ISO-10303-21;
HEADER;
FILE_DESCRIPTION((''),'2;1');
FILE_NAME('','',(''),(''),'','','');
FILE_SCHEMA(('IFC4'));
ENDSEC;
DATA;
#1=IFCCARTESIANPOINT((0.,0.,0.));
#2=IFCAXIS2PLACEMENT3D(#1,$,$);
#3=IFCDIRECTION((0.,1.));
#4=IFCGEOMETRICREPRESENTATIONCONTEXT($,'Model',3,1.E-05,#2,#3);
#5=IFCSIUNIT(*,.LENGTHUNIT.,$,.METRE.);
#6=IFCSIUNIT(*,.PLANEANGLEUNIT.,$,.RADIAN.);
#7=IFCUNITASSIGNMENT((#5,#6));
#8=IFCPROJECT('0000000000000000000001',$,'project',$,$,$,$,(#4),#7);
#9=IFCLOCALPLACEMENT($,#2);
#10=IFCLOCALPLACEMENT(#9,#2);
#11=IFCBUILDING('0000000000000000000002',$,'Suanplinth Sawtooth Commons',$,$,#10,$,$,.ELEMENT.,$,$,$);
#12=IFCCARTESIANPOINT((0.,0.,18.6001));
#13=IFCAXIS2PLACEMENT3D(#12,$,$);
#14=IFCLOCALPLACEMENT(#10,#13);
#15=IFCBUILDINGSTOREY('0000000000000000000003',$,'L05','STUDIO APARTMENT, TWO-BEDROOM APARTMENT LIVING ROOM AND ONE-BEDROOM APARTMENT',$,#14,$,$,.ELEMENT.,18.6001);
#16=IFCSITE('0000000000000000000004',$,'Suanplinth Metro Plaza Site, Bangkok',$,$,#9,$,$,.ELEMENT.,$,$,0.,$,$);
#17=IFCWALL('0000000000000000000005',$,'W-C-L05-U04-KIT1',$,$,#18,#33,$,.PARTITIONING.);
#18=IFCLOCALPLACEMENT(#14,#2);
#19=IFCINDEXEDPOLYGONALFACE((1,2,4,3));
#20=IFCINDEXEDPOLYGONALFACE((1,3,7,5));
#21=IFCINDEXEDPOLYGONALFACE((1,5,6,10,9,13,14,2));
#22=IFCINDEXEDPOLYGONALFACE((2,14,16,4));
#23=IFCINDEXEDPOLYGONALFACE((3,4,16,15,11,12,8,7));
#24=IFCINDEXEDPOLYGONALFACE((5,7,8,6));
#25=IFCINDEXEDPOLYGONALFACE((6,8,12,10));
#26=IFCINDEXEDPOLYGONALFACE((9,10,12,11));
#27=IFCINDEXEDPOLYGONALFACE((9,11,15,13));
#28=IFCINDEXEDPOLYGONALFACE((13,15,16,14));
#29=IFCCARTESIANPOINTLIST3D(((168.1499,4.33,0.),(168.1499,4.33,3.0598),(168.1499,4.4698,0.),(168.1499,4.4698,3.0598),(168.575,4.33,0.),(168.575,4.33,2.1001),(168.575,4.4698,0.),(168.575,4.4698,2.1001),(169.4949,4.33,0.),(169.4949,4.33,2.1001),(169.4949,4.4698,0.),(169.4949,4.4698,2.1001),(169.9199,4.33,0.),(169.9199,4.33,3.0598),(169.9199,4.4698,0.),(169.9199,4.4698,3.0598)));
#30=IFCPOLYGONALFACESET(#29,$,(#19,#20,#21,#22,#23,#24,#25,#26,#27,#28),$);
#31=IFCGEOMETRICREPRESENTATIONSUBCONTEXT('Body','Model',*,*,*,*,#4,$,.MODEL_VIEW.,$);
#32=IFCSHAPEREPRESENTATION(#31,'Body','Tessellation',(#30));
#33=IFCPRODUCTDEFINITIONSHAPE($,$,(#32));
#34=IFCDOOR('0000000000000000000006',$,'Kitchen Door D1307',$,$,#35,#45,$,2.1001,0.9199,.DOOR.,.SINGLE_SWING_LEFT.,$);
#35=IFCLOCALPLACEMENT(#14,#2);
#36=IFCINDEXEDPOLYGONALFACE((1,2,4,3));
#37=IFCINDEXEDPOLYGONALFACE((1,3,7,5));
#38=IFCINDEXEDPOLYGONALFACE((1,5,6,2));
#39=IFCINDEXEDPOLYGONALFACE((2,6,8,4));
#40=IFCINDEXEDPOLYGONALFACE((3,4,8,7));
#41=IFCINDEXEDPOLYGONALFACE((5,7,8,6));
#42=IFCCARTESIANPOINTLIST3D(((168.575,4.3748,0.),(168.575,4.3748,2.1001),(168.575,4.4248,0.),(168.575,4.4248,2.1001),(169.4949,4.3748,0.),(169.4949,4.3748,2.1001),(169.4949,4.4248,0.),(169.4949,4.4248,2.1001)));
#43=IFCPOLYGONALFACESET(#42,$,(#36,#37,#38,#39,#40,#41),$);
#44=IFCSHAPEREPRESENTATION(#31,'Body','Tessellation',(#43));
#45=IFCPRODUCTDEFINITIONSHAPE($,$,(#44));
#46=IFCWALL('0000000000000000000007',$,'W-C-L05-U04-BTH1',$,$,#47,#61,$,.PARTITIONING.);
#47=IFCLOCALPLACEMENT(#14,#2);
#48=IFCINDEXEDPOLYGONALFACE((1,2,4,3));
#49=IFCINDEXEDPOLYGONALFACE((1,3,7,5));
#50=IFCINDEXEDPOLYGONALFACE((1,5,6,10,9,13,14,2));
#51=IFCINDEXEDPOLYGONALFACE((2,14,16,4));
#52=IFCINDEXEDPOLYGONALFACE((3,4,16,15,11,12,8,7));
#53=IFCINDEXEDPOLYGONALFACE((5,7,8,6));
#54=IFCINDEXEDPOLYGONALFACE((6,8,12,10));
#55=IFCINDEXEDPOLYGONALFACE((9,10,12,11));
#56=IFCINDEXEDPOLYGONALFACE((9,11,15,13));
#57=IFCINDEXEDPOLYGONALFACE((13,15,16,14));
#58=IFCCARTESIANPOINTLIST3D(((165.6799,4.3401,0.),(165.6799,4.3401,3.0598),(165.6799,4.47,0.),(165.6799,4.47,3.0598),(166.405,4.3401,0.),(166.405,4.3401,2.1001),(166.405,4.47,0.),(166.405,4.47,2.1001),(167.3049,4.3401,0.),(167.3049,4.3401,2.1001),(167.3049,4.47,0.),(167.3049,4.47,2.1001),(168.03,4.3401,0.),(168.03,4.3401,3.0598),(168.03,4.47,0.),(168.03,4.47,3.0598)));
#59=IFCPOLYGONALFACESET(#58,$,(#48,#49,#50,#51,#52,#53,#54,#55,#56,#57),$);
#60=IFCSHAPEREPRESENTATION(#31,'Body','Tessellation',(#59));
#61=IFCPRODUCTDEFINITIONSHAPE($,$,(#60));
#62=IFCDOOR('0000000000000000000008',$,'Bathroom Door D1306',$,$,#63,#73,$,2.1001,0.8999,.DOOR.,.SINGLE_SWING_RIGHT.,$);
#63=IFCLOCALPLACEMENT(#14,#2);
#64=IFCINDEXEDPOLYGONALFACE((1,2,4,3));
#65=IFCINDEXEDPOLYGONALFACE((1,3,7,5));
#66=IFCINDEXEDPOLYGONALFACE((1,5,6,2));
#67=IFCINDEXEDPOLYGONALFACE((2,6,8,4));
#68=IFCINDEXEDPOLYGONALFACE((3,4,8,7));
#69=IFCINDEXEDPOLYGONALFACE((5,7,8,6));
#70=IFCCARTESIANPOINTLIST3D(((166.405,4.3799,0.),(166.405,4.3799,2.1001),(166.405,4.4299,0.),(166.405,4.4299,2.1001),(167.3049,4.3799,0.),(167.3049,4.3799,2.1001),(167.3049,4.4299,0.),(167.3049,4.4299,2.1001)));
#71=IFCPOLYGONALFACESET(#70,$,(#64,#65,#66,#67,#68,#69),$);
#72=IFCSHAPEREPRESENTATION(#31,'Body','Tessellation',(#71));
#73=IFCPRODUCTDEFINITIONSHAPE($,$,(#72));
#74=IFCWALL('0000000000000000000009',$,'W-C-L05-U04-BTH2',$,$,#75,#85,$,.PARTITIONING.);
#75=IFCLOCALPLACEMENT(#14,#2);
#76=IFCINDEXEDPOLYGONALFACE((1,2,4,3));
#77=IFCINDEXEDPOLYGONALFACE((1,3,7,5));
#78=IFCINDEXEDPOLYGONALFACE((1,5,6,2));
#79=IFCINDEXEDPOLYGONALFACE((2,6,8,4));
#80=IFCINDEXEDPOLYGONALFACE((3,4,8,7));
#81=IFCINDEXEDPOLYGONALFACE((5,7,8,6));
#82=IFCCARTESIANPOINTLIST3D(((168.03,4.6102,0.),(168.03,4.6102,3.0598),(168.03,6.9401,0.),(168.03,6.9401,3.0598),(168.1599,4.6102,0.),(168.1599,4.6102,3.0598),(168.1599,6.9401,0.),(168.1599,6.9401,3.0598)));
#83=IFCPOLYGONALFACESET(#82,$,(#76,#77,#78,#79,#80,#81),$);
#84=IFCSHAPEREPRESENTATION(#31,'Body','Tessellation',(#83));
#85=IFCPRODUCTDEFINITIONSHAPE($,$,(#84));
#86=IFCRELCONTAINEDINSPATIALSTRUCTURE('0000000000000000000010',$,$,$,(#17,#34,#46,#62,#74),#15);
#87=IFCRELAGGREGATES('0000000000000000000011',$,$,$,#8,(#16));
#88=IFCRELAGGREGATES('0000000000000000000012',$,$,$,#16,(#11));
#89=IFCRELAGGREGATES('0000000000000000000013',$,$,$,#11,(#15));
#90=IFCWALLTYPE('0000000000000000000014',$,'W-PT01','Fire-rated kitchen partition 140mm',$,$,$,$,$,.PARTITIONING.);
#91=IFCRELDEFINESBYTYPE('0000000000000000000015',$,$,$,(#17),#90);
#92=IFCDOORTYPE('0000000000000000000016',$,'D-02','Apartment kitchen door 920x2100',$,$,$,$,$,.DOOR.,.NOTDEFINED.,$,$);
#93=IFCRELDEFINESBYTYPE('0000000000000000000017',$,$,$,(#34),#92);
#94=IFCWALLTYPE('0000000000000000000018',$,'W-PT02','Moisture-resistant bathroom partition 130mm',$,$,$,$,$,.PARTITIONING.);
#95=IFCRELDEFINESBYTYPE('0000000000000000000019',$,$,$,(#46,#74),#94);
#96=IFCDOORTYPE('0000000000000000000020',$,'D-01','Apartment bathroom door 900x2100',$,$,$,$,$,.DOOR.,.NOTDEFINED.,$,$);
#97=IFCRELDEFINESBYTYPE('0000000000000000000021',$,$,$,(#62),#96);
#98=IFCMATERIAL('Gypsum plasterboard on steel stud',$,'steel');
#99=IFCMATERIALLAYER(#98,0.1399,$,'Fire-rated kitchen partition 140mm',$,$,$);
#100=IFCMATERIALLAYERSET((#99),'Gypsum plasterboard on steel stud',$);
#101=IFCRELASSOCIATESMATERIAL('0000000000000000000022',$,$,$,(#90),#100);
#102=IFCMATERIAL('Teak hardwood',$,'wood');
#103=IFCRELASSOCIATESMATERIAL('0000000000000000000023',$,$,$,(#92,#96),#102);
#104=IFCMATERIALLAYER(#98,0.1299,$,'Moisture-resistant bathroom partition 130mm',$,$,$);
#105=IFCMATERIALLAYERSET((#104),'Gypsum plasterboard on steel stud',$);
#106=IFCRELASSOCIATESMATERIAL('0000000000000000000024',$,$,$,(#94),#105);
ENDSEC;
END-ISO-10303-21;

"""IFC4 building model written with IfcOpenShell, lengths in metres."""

from ifc_helpers import new_model, si_unit, direction, frame, frame_2d, origin, place, context, subcontext, project, spatial, rectangle, extrude, material, layer, layer_set, type_object, element, fill, save


model = new_model("IFC4")

# Units and contexts
model_context = context("Model", 3, precision=1e-05, world=origin(), true_north=direction((0.0, 1.0)))
body_context = subcontext(model_context, "Body", "Model", "MODEL_VIEW")
ifc_project = project(units=[si_unit("LENGTHUNIT", "METRE"), si_unit("PLANEANGLEUNIT", "RADIAN")], contexts=[model_context])

# Site, building, storey
site_placement = place(None, origin())
site = spatial("IfcSite", under=ifc_project, at=site_placement, Name="Suanplinth Metro Plaza Site, Bangkok", CompositionType="ELEMENT", RefElevation=0.0)
building_placement = place(site_placement, origin())
building = spatial("IfcBuilding", under=site, at=building_placement, Name="Suanplinth Sawtooth Commons", CompositionType="ELEMENT")
storey_placement = place(building_placement, frame((0.0, 0.0, 18.6001)))
storey = spatial("IfcBuildingStorey", under=building, at=storey_placement, Name="L05", Description="STUDIO APARTMENT, TWO-BEDROOM APARTMENT LIVING ROOM AND ONE-BEDROOM APARTMENT", CompositionType="ELEMENT", Elevation=18.6001)

# Walls, openings, doors
ifc_material_1 = material(Name="Gypsum plasterboard on steel stud", Category="steel")
ifc_layer_1 = layer(ifc_material_1, 0.1399, Name="Fire-rated kitchen partition 140mm")
ifc_layer_set_1 = layer_set([ifc_layer_1], Name="Gypsum plasterboard on steel stud")
wall_type_1 = type_object("IfcWallType", Name="W-PT01", Description="Fire-rated kitchen partition 140mm", PredefinedType="PARTITIONING", material=ifc_layer_set_1)
wall_1_placement = place(storey_placement, frame((168.1499, 4.3999, 0.0), z_axis=(0.0, 0.0, 1.0), x_axis=(1.0, 0.0, 0.0)))
wall_1 = element("IfcWall", 1, at=wall_1_placement, inside=storey, type_object=wall_type_1, Name="W-C-L05-U04-KIT1", PredefinedType="PARTITIONING", context=body_context, shape_type="SweptSolid", body=[
    extrude(rectangle(XDim=1.77, YDim=0.1399, at=frame_2d((0.885, 0.0))), origin(), (0.0, 0.0, 1.0), 3.0598),
])
opening_1_placement = place(wall_1_placement, frame((0.425, 0.0, 0.0)))
opening_1 = element("IfcOpeningElement", 2, at=opening_1_placement, cuts=wall_1, PredefinedType="OPENING", context=body_context, shape_type="SweptSolid", body=[
    extrude(rectangle(XDim=0.9199, YDim=2.1001, at=frame_2d((0.46, 1.05))), frame((0.0, 0.085, 0.0), z_axis=(0.0, -1.0, 0.0), x_axis=(1.0, 0.0, 0.0)), (0.0, 0.0, 1.0), 0.1697),
])
ifc_material_2 = material(Name="Teak hardwood", Category="wood")
door_type_1 = type_object("IfcDoorType", Name="D-02", Description="Apartment kitchen door 920x2100", OperationType="NOTDEFINED", PredefinedType="DOOR", material=ifc_material_2)
door_1_placement = place(opening_1_placement, origin())
door_1 = element("IfcDoor", 3, at=door_1_placement, inside=storey, type_object=door_type_1, Name="Kitchen Door D1307", OperationType="SINGLE_SWING_LEFT", OverallHeight=2.1001, OverallWidth=0.9199, PredefinedType="DOOR", context=body_context, shape_type="SweptSolid", body=[
    extrude(rectangle(XDim=0.9199, YDim=2.1001, at=frame_2d((0.46, 1.05))), frame((0.0, 0.0249, 0.0), z_axis=(0.0, -1.0, 0.0), x_axis=(1.0, 0.0, 0.0)), (0.0, 0.0, 1.0), 0.05),
])
fill(opening_1, door_1)
ifc_layer_2 = layer(ifc_material_1, 0.1299, Name="Moisture-resistant bathroom partition 130mm")
ifc_layer_set_2 = layer_set([ifc_layer_2], Name="Gypsum plasterboard on steel stud")
wall_type_2 = type_object("IfcWallType", Name="W-PT02", Description="Moisture-resistant bathroom partition 130mm", PredefinedType="PARTITIONING", material=ifc_layer_set_2)
wall_2_placement = place(storey_placement, frame((165.6799, 4.405, 0.0), z_axis=(0.0, 0.0, 1.0), x_axis=(1.0, 0.0, 0.0)))
wall_2 = element("IfcWall", 4, at=wall_2_placement, inside=storey, type_object=wall_type_2, Name="W-C-L05-U04-BTH1", PredefinedType="PARTITIONING", context=body_context, shape_type="SweptSolid", body=[
    extrude(rectangle(XDim=2.3501, YDim=0.1299, at=frame_2d((1.175, 0.0))), origin(), (0.0, 0.0, 1.0), 3.0598),
])
opening_2_placement = place(wall_2_placement, frame((0.7251, 0.0, 0.0)))
opening_2 = element("IfcOpeningElement", 5, at=opening_2_placement, cuts=wall_2, PredefinedType="OPENING", context=body_context, shape_type="SweptSolid", body=[
    extrude(rectangle(XDim=0.8999, YDim=2.1001, at=frame_2d((0.45, 1.05))), frame((0.0, 0.0798, 0.0), z_axis=(0.0, -1.0, 0.0), x_axis=(1.0, 0.0, 0.0)), (0.0, 0.0, 1.0), 0.1597),
])
door_type_2 = type_object("IfcDoorType", Name="D-01", Description="Apartment bathroom door 900x2100", OperationType="NOTDEFINED", PredefinedType="DOOR", material=ifc_material_2)
door_2_placement = place(opening_2_placement, origin())
door_2 = element("IfcDoor", 6, at=door_2_placement, inside=storey, type_object=door_type_2, Name="Bathroom Door D1306", OperationType="SINGLE_SWING_RIGHT", OverallHeight=2.1001, OverallWidth=0.8999, PredefinedType="DOOR", context=body_context, shape_type="SweptSolid", body=[
    extrude(rectangle(XDim=0.8999, YDim=2.1001, at=frame_2d((0.45, 1.05))), frame((0.0, 0.0249, 0.0), z_axis=(0.0, -1.0, 0.0), x_axis=(1.0, 0.0, 0.0)), (0.0, 0.0, 1.0), 0.05),
])
fill(opening_2, door_2)

# Wall
wall_3_placement = place(storey_placement, frame((168.095, 4.6101, 0.0), z_axis=(0.0, 0.0, 1.0), x_axis=(0.0, 1.0, 0.0)))
element("IfcWall", 7, at=wall_3_placement, inside=storey, type_object=wall_type_2, Name="W-C-L05-U04-BTH2", PredefinedType="PARTITIONING", context=body_context, shape_type="SweptSolid", body=[
    extrude(rectangle(XDim=2.3298, YDim=0.1299, at=frame_2d((1.165, 0.0))), origin(), (0.0, 0.0, 1.0), 3.0598),
])

save(model, "model.ifc")
